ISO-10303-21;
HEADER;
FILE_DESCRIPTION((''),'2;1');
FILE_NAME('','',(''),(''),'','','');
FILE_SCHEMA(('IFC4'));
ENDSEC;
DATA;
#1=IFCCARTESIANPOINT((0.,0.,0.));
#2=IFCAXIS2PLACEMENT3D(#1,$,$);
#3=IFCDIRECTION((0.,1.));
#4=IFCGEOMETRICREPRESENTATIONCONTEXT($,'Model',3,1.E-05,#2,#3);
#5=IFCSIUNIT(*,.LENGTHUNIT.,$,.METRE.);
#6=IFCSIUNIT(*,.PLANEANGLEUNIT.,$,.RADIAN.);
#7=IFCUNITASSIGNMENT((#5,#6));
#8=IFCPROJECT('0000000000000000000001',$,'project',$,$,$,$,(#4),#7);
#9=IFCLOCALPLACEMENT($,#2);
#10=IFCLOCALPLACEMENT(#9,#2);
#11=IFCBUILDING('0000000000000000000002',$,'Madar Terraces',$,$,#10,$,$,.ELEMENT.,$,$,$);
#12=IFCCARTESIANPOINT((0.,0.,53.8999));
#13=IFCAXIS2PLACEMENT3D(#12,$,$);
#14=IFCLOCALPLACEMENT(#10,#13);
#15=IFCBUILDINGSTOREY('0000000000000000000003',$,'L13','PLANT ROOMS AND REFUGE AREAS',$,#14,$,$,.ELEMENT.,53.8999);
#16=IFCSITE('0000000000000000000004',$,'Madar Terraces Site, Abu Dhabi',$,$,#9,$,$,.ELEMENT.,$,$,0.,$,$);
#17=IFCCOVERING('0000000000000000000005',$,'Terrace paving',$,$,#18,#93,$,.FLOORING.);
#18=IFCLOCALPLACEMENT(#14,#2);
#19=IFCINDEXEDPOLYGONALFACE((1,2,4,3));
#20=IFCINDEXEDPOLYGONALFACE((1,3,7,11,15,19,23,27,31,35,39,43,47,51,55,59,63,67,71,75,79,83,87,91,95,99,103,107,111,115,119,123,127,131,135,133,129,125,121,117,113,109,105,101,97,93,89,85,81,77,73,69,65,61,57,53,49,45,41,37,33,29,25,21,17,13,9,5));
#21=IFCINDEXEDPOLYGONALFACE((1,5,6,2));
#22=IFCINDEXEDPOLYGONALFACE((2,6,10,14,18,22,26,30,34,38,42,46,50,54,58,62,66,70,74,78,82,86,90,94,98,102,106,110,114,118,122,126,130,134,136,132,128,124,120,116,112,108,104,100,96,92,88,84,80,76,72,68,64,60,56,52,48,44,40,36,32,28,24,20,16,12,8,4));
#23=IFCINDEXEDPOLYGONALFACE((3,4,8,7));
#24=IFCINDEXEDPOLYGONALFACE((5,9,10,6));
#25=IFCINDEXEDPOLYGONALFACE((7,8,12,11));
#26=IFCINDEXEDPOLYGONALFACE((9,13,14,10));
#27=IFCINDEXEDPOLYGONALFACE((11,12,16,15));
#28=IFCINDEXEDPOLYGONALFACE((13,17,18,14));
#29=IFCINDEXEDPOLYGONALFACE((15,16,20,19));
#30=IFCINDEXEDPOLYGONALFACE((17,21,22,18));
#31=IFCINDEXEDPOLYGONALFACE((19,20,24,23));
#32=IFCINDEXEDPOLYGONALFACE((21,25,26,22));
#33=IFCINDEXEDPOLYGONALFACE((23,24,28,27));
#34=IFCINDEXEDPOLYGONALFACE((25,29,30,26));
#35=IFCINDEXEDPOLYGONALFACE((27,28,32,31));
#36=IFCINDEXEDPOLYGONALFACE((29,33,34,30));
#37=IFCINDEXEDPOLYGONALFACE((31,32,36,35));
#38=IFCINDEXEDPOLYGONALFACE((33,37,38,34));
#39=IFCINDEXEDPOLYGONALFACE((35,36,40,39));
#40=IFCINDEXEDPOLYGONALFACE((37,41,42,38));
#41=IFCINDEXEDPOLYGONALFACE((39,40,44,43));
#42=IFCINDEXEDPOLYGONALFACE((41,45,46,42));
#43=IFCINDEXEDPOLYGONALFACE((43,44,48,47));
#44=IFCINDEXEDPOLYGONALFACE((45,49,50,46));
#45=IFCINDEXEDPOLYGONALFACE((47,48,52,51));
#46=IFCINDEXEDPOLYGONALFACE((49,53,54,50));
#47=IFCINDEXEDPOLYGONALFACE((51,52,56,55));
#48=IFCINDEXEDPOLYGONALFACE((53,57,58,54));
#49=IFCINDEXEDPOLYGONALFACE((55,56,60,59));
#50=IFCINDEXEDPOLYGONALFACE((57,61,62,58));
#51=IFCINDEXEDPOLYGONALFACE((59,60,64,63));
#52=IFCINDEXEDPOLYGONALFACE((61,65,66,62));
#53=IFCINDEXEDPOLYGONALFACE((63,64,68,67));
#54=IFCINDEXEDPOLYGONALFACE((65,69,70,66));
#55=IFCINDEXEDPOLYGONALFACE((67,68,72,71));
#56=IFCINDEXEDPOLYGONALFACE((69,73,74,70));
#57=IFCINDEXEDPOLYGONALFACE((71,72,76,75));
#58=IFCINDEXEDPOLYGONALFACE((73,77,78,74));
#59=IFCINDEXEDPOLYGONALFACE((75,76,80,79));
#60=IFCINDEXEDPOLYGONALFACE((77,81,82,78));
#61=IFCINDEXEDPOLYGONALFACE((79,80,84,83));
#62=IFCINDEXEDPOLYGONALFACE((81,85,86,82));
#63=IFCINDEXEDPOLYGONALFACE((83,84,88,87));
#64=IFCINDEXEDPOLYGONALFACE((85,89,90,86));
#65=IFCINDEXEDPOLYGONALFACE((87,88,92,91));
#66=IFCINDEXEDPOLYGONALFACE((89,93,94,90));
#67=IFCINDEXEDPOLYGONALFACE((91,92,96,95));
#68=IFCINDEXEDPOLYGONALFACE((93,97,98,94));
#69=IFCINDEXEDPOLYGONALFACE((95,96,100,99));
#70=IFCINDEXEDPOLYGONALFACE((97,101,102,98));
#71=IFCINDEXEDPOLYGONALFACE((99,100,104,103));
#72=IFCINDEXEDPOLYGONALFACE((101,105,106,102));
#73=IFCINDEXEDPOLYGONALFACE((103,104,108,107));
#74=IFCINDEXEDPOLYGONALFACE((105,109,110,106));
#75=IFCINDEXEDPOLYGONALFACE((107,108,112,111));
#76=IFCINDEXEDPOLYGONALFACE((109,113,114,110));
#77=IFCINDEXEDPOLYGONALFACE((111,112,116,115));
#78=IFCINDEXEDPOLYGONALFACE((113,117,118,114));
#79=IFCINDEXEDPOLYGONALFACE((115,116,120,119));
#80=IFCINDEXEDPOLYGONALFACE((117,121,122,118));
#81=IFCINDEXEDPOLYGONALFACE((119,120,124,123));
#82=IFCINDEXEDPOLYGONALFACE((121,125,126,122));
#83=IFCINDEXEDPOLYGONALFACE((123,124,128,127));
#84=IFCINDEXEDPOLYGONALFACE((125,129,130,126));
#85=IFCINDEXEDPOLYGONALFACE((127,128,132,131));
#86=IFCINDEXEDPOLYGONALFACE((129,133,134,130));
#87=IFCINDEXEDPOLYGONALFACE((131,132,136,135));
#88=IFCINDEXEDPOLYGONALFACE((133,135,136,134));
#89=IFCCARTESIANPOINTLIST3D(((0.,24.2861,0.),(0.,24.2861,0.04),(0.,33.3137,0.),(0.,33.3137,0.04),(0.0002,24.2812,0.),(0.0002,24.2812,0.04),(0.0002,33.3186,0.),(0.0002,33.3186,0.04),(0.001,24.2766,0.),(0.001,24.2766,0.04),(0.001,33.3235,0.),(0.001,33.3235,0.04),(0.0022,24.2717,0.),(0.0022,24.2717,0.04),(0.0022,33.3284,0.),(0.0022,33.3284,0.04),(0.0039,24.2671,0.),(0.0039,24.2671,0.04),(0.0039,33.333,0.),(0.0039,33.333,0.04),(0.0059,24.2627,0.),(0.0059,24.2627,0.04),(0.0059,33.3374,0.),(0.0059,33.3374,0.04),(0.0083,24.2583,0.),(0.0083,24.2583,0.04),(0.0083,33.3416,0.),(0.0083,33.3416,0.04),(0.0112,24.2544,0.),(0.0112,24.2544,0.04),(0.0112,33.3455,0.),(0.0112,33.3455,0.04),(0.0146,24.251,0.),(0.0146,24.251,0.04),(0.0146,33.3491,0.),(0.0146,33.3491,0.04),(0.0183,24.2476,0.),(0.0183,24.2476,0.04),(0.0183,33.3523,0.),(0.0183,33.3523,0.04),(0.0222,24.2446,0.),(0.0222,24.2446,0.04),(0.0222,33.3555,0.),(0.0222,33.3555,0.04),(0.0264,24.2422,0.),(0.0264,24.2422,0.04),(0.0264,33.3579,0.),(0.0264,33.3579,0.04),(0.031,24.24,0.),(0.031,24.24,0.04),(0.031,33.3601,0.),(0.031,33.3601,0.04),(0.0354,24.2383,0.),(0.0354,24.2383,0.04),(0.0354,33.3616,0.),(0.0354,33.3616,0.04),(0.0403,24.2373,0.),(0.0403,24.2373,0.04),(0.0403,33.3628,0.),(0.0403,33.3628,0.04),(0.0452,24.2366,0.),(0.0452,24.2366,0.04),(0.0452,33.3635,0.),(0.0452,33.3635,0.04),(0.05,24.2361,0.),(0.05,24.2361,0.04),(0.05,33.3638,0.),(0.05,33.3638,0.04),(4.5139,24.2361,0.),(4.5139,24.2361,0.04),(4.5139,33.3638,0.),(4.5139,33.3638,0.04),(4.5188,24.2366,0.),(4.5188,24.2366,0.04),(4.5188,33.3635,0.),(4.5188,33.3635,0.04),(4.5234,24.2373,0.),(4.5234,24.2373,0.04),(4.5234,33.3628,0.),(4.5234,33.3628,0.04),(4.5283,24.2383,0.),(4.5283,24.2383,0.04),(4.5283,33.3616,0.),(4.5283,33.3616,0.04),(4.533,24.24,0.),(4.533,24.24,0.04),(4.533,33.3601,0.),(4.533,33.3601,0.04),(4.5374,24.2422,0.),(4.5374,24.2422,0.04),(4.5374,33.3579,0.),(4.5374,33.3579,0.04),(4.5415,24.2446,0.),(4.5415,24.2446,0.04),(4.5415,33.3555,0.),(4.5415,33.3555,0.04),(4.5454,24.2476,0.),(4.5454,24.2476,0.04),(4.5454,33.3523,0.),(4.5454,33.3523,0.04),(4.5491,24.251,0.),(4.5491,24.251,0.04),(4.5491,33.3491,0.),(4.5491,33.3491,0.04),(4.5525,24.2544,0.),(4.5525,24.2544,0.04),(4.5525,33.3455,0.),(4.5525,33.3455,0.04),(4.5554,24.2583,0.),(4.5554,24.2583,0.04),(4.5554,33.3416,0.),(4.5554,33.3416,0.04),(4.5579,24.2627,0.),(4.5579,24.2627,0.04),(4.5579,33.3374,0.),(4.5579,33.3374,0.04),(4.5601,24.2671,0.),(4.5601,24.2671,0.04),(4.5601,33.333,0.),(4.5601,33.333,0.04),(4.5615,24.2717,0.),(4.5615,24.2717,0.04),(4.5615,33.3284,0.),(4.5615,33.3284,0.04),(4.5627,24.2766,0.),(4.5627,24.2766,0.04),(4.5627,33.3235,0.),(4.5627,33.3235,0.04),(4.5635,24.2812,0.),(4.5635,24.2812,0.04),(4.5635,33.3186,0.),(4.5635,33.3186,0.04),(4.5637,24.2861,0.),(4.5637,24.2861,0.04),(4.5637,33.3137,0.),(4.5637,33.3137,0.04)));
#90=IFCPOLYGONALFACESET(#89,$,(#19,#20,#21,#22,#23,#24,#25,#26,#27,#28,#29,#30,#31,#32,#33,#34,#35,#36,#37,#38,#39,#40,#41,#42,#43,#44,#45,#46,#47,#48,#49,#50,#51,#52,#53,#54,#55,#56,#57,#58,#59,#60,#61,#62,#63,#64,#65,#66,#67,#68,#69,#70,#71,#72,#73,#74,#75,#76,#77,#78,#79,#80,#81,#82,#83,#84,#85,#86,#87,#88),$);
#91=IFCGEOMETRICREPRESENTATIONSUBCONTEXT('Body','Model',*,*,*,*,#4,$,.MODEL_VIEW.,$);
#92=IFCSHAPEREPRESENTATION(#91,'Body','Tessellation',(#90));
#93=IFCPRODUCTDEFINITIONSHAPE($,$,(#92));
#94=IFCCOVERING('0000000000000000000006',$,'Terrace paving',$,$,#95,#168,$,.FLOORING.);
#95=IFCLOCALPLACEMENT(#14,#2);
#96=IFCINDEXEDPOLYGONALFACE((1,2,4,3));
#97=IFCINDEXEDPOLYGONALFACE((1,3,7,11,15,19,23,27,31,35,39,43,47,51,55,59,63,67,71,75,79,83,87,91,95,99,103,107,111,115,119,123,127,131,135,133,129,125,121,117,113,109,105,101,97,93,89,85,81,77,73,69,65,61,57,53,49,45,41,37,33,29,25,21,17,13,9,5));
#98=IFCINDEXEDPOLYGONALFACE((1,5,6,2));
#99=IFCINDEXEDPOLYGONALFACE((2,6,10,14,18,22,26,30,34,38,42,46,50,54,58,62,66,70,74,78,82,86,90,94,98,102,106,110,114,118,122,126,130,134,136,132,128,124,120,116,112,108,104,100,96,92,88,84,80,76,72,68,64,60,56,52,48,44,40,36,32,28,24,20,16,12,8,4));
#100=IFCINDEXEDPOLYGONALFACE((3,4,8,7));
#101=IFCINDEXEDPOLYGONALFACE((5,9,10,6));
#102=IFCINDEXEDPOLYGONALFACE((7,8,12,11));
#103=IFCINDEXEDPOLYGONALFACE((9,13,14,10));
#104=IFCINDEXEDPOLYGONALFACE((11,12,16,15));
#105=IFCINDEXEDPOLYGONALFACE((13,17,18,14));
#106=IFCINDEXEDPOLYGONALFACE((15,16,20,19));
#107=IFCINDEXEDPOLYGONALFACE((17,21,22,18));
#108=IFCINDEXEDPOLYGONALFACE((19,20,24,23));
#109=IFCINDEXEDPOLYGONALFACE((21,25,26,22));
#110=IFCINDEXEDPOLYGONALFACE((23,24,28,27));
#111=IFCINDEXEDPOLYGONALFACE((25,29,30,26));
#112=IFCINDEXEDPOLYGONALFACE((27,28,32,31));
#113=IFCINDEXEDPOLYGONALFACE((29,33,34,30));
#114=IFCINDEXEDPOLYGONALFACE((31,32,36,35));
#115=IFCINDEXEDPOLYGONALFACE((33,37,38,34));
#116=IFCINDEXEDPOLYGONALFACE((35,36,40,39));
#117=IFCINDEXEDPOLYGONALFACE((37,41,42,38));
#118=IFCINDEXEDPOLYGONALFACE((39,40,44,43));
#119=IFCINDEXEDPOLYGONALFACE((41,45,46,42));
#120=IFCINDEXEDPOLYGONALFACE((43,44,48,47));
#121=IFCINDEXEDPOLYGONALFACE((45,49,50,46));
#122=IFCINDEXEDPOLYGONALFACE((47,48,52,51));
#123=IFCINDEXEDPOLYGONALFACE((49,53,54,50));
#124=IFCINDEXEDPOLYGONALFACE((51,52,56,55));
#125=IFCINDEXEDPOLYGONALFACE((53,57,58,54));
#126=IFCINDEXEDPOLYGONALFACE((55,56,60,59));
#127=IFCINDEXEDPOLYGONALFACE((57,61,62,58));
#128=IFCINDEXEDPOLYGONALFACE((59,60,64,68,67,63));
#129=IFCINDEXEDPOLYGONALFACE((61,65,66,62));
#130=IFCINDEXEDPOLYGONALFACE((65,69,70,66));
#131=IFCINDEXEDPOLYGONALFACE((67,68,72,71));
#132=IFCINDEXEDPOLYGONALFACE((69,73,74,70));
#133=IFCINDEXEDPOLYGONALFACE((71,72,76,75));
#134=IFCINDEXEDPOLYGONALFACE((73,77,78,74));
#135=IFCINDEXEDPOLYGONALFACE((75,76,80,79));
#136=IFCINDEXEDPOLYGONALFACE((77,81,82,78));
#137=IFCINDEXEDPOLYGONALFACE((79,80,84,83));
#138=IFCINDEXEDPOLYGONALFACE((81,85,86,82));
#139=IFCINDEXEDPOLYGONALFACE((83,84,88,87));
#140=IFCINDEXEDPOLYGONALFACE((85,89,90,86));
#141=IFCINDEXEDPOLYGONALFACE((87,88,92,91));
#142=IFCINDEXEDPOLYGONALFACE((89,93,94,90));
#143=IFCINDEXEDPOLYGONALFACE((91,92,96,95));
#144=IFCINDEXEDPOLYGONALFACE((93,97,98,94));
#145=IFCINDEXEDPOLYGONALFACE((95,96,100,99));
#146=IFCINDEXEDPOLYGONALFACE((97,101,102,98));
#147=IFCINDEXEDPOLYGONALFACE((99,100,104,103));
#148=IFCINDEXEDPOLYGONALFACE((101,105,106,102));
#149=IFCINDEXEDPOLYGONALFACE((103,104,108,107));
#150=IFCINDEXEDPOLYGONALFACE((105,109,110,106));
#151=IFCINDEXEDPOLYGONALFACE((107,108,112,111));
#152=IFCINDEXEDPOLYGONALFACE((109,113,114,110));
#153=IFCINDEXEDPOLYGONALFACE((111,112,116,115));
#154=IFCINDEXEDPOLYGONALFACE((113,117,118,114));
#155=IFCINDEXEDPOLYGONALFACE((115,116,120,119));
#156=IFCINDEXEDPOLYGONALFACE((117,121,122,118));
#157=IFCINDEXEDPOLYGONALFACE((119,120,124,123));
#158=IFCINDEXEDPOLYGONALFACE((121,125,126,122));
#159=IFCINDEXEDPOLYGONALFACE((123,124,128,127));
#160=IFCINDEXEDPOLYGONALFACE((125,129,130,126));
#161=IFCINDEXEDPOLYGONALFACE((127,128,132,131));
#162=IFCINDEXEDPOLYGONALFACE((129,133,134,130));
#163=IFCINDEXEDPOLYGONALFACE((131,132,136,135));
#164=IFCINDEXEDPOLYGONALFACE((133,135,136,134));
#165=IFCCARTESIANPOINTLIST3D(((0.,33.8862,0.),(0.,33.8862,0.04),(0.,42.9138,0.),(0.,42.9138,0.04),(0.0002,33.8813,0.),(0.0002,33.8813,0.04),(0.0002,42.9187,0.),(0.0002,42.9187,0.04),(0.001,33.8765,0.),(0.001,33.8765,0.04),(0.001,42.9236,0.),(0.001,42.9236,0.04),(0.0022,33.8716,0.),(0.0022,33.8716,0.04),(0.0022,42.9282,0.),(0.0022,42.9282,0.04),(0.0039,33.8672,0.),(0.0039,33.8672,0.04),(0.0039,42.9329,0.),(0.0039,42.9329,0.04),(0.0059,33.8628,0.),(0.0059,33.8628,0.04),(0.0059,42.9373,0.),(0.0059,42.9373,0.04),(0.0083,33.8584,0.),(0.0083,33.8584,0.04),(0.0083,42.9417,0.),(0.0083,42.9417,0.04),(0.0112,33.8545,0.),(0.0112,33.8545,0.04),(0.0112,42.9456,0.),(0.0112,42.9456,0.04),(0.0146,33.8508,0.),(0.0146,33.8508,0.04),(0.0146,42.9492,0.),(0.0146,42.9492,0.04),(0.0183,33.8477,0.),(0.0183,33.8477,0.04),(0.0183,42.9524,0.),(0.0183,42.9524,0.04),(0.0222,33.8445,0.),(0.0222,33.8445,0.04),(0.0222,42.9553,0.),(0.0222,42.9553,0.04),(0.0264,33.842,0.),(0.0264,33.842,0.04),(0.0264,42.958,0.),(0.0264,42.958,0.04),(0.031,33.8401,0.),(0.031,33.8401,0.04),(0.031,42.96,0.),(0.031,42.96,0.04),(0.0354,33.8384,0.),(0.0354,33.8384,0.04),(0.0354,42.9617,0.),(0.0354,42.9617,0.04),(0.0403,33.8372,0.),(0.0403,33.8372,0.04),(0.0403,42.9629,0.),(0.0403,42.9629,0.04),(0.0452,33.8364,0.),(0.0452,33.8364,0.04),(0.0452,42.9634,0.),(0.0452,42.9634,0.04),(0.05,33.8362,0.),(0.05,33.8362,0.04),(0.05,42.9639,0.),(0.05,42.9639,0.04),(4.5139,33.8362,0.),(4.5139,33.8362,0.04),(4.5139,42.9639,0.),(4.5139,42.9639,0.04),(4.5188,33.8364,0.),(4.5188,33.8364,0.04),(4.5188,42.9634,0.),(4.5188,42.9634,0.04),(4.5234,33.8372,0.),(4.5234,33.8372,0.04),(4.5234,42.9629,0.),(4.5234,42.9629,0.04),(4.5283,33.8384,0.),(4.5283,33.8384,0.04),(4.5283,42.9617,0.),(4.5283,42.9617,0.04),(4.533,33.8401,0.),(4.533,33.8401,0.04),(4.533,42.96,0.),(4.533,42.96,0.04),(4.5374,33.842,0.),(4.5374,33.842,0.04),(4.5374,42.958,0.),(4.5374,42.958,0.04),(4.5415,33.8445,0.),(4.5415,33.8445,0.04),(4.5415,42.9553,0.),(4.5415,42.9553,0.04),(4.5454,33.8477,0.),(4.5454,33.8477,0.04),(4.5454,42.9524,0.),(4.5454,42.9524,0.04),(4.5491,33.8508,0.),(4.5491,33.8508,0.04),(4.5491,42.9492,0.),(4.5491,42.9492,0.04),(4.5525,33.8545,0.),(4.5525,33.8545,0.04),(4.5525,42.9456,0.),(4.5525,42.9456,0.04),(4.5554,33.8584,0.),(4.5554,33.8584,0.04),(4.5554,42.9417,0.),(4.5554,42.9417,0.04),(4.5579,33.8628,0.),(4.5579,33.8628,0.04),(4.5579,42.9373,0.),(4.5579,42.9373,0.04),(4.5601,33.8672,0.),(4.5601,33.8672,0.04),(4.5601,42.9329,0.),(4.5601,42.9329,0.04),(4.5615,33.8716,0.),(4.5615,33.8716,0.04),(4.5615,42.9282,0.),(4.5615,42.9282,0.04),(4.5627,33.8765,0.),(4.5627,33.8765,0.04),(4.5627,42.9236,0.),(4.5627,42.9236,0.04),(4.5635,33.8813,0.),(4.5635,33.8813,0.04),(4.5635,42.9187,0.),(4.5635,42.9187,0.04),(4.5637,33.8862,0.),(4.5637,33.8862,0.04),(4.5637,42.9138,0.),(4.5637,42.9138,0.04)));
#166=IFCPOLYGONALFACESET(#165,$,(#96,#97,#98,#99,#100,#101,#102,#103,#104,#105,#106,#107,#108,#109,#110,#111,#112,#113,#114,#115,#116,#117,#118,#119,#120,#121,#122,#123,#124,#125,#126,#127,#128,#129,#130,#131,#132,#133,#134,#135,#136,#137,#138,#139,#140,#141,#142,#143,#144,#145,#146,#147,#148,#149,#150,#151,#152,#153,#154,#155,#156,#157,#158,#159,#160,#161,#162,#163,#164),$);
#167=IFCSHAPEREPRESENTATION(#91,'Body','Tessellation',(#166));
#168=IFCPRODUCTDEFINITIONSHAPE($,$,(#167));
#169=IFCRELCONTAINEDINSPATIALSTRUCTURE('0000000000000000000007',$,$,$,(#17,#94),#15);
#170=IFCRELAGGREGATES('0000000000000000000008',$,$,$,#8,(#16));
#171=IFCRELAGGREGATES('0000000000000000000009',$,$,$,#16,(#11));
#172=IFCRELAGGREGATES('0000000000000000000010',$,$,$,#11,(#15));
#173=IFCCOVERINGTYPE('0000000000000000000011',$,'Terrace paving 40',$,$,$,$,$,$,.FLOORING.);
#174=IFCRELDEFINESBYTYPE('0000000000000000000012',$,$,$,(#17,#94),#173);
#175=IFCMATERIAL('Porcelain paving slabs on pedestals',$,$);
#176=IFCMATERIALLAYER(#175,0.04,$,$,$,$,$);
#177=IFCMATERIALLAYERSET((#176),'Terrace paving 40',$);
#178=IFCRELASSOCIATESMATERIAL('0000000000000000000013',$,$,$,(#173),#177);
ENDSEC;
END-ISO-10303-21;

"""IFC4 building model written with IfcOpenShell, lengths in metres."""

from ifc_helpers import new_model, si_unit, direction, frame, origin, place, context, subcontext, project, spatial, polyline, outline, extrude, material, layer, layer_set, type_object, element, save


model = new_model("IFC4")

# Units and contexts
model_context = context("Model", 3, precision=1e-05, world=origin(), true_north=direction((0.0, 1.0)))
body_context = subcontext(model_context, "Body", "Model", "MODEL_VIEW")
ifc_project = project(units=[si_unit("LENGTHUNIT", "METRE"), si_unit("PLANEANGLEUNIT", "RADIAN")], contexts=[model_context])

# Site, building, storey
site_placement = place(None, origin())
site = spatial("IfcSite", under=ifc_project, at=site_placement, Name="Madar Terraces Site, Abu Dhabi", CompositionType="ELEMENT", RefElevation=0.0)
building_placement = place(site_placement, origin())
building = spatial("IfcBuilding", under=site, at=building_placement, Name="Madar Terraces", CompositionType="ELEMENT")
storey_placement = place(building_placement, frame((0.0, 0.0, 53.8999)))
storey = spatial("IfcBuildingStorey", under=building, at=storey_placement, Name="L13", Description="PLANT ROOMS AND REFUGE AREAS", CompositionType="ELEMENT", Elevation=53.8999)

# Coverings
ifc_material_1 = material(Name="Porcelain paving slabs on pedestals")
ifc_layer_1 = layer(ifc_material_1, 0.04)
ifc_layer_set_1 = layer_set([ifc_layer_1], Name="Terrace paving 40")
covering_type = type_object("IfcCoveringType", Name="Terrace paving 40", PredefinedType="FLOORING", material=ifc_layer_set_1)
covering_1_placement = place(storey_placement, origin())
element("IfcCovering", 1, at=covering_1_placement, inside=storey, type_object=covering_type, Name="Terrace paving", PredefinedType="FLOORING", context=body_context, shape_type="SweptSolid", body=[
    extrude(outline(polyline([(0.001, 33.3235), (0.0022, 33.3284), (0.0039, 33.333), (0.0059, 33.3374), (0.0083, 33.3416), (0.0112, 33.3455), (0.0146, 33.3491), (0.0183, 33.3523), (0.0222, 33.3555), (0.0264, 33.3579), (0.031, 33.3601), (0.0354, 33.3616), (0.0403, 33.3628), (0.0452, 33.3635), (0.05, 33.3638), (4.5139, 33.3638), (4.5188, 33.3635), (4.5234, 33.3628), (4.5283, 33.3616), (4.533, 33.3601), (4.5374, 33.3579), (4.5415, 33.3555), (4.5454, 33.3523), (4.5491, 33.3491), (4.5525, 33.3455), (4.5554, 33.3416), (4.5579, 33.3374), (4.5601, 33.333), (4.5615, 33.3284), (4.5627, 33.3235), (4.5635, 33.3186), (4.5637, 33.3137), (4.5637, 24.2861), (4.5635, 24.2812), (4.5627, 24.2766), (4.5615, 24.2717), (4.5601, 24.2671), (4.5579, 24.2627), (4.5554, 24.2583), (4.5525, 24.2544), (4.5491, 24.251), (4.5454, 24.2476), (4.5415, 24.2446), (4.5374, 24.2422), (4.533, 24.24), (4.5283, 24.2383), (4.5234, 24.2373), (4.5188, 24.2366), (4.5139, 24.2361), (0.05, 24.2361), (0.0452, 24.2366), (0.0403, 24.2373), (0.0354, 24.2383), (0.031, 24.24), (0.0264, 24.2422), (0.0222, 24.2446), (0.0183, 24.2476), (0.0146, 24.251), (0.0112, 24.2544), (0.0083, 24.2583), (0.0059, 24.2627), (0.0039, 24.2671), (0.0022, 24.2717), (0.001, 24.2766), (0.0002, 24.2812), (0.0, 24.2861), (0.0, 33.3137), (0.0002, 33.3186), (0.001, 33.3235)])), origin(), (0.0, 0.0, 1.0), 0.04),
])
covering_2_placement = place(storey_placement, origin())
element("IfcCovering", 2, at=covering_2_placement, inside=storey, type_object=covering_type, Name="Terrace paving", PredefinedType="FLOORING", context=body_context, shape_type="SweptSolid", body=[
    extrude(outline(polyline([(0.0022, 42.9282), (0.0039, 42.9329), (0.0059, 42.9373), (0.0083, 42.9417), (0.0112, 42.9456), (0.0146, 42.9492), (0.0183, 42.9524), (0.0222, 42.9553), (0.0264, 42.958), (0.031, 42.96), (0.0354, 42.9617), (0.0403, 42.9629), (0.0452, 42.9634), (0.05, 42.9639), (4.5139, 42.9639), (4.5188, 42.9634), (4.5234, 42.9629), (4.5283, 42.9617), (4.533, 42.96), (4.5374, 42.958), (4.5415, 42.9553), (4.5454, 42.9524), (4.5491, 42.9492), (4.5525, 42.9456), (4.5554, 42.9417), (4.5579, 42.9373), (4.5601, 42.9329), (4.5615, 42.9282), (4.5627, 42.9236), (4.5635, 42.9187), (4.5637, 42.9138), (4.5637, 33.8862), (4.5635, 33.8813), (4.5627, 33.8765), (4.5615, 33.8716), (4.5601, 33.8672), (4.5579, 33.8628), (4.5554, 33.8584), (4.5525, 33.8545), (4.5491, 33.8508), (4.5454, 33.8477), (4.5415, 33.8445), (4.5374, 33.842), (4.533, 33.8401), (4.5283, 33.8384), (4.5234, 33.8372), (4.5188, 33.8364), (4.5139, 33.8362), (0.05, 33.8362), (0.0452, 33.8364), (0.0403, 33.8372), (0.0354, 33.8384), (0.031, 33.8401), (0.0264, 33.842), (0.0222, 33.8445), (0.0183, 33.8477), (0.0146, 33.8508), (0.0112, 33.8545), (0.0083, 33.8584), (0.0059, 33.8628), (0.0039, 33.8672), (0.0022, 33.8716), (0.001, 33.8765), (0.0002, 33.8813), (0.0, 33.8862), (0.0, 42.9138), (0.0002, 42.9187), (0.001, 42.9236), (0.0022, 42.9282)])), origin(), (0.0, 0.0, 1.0), 0.04),
])

save(model, "model.ifc")
